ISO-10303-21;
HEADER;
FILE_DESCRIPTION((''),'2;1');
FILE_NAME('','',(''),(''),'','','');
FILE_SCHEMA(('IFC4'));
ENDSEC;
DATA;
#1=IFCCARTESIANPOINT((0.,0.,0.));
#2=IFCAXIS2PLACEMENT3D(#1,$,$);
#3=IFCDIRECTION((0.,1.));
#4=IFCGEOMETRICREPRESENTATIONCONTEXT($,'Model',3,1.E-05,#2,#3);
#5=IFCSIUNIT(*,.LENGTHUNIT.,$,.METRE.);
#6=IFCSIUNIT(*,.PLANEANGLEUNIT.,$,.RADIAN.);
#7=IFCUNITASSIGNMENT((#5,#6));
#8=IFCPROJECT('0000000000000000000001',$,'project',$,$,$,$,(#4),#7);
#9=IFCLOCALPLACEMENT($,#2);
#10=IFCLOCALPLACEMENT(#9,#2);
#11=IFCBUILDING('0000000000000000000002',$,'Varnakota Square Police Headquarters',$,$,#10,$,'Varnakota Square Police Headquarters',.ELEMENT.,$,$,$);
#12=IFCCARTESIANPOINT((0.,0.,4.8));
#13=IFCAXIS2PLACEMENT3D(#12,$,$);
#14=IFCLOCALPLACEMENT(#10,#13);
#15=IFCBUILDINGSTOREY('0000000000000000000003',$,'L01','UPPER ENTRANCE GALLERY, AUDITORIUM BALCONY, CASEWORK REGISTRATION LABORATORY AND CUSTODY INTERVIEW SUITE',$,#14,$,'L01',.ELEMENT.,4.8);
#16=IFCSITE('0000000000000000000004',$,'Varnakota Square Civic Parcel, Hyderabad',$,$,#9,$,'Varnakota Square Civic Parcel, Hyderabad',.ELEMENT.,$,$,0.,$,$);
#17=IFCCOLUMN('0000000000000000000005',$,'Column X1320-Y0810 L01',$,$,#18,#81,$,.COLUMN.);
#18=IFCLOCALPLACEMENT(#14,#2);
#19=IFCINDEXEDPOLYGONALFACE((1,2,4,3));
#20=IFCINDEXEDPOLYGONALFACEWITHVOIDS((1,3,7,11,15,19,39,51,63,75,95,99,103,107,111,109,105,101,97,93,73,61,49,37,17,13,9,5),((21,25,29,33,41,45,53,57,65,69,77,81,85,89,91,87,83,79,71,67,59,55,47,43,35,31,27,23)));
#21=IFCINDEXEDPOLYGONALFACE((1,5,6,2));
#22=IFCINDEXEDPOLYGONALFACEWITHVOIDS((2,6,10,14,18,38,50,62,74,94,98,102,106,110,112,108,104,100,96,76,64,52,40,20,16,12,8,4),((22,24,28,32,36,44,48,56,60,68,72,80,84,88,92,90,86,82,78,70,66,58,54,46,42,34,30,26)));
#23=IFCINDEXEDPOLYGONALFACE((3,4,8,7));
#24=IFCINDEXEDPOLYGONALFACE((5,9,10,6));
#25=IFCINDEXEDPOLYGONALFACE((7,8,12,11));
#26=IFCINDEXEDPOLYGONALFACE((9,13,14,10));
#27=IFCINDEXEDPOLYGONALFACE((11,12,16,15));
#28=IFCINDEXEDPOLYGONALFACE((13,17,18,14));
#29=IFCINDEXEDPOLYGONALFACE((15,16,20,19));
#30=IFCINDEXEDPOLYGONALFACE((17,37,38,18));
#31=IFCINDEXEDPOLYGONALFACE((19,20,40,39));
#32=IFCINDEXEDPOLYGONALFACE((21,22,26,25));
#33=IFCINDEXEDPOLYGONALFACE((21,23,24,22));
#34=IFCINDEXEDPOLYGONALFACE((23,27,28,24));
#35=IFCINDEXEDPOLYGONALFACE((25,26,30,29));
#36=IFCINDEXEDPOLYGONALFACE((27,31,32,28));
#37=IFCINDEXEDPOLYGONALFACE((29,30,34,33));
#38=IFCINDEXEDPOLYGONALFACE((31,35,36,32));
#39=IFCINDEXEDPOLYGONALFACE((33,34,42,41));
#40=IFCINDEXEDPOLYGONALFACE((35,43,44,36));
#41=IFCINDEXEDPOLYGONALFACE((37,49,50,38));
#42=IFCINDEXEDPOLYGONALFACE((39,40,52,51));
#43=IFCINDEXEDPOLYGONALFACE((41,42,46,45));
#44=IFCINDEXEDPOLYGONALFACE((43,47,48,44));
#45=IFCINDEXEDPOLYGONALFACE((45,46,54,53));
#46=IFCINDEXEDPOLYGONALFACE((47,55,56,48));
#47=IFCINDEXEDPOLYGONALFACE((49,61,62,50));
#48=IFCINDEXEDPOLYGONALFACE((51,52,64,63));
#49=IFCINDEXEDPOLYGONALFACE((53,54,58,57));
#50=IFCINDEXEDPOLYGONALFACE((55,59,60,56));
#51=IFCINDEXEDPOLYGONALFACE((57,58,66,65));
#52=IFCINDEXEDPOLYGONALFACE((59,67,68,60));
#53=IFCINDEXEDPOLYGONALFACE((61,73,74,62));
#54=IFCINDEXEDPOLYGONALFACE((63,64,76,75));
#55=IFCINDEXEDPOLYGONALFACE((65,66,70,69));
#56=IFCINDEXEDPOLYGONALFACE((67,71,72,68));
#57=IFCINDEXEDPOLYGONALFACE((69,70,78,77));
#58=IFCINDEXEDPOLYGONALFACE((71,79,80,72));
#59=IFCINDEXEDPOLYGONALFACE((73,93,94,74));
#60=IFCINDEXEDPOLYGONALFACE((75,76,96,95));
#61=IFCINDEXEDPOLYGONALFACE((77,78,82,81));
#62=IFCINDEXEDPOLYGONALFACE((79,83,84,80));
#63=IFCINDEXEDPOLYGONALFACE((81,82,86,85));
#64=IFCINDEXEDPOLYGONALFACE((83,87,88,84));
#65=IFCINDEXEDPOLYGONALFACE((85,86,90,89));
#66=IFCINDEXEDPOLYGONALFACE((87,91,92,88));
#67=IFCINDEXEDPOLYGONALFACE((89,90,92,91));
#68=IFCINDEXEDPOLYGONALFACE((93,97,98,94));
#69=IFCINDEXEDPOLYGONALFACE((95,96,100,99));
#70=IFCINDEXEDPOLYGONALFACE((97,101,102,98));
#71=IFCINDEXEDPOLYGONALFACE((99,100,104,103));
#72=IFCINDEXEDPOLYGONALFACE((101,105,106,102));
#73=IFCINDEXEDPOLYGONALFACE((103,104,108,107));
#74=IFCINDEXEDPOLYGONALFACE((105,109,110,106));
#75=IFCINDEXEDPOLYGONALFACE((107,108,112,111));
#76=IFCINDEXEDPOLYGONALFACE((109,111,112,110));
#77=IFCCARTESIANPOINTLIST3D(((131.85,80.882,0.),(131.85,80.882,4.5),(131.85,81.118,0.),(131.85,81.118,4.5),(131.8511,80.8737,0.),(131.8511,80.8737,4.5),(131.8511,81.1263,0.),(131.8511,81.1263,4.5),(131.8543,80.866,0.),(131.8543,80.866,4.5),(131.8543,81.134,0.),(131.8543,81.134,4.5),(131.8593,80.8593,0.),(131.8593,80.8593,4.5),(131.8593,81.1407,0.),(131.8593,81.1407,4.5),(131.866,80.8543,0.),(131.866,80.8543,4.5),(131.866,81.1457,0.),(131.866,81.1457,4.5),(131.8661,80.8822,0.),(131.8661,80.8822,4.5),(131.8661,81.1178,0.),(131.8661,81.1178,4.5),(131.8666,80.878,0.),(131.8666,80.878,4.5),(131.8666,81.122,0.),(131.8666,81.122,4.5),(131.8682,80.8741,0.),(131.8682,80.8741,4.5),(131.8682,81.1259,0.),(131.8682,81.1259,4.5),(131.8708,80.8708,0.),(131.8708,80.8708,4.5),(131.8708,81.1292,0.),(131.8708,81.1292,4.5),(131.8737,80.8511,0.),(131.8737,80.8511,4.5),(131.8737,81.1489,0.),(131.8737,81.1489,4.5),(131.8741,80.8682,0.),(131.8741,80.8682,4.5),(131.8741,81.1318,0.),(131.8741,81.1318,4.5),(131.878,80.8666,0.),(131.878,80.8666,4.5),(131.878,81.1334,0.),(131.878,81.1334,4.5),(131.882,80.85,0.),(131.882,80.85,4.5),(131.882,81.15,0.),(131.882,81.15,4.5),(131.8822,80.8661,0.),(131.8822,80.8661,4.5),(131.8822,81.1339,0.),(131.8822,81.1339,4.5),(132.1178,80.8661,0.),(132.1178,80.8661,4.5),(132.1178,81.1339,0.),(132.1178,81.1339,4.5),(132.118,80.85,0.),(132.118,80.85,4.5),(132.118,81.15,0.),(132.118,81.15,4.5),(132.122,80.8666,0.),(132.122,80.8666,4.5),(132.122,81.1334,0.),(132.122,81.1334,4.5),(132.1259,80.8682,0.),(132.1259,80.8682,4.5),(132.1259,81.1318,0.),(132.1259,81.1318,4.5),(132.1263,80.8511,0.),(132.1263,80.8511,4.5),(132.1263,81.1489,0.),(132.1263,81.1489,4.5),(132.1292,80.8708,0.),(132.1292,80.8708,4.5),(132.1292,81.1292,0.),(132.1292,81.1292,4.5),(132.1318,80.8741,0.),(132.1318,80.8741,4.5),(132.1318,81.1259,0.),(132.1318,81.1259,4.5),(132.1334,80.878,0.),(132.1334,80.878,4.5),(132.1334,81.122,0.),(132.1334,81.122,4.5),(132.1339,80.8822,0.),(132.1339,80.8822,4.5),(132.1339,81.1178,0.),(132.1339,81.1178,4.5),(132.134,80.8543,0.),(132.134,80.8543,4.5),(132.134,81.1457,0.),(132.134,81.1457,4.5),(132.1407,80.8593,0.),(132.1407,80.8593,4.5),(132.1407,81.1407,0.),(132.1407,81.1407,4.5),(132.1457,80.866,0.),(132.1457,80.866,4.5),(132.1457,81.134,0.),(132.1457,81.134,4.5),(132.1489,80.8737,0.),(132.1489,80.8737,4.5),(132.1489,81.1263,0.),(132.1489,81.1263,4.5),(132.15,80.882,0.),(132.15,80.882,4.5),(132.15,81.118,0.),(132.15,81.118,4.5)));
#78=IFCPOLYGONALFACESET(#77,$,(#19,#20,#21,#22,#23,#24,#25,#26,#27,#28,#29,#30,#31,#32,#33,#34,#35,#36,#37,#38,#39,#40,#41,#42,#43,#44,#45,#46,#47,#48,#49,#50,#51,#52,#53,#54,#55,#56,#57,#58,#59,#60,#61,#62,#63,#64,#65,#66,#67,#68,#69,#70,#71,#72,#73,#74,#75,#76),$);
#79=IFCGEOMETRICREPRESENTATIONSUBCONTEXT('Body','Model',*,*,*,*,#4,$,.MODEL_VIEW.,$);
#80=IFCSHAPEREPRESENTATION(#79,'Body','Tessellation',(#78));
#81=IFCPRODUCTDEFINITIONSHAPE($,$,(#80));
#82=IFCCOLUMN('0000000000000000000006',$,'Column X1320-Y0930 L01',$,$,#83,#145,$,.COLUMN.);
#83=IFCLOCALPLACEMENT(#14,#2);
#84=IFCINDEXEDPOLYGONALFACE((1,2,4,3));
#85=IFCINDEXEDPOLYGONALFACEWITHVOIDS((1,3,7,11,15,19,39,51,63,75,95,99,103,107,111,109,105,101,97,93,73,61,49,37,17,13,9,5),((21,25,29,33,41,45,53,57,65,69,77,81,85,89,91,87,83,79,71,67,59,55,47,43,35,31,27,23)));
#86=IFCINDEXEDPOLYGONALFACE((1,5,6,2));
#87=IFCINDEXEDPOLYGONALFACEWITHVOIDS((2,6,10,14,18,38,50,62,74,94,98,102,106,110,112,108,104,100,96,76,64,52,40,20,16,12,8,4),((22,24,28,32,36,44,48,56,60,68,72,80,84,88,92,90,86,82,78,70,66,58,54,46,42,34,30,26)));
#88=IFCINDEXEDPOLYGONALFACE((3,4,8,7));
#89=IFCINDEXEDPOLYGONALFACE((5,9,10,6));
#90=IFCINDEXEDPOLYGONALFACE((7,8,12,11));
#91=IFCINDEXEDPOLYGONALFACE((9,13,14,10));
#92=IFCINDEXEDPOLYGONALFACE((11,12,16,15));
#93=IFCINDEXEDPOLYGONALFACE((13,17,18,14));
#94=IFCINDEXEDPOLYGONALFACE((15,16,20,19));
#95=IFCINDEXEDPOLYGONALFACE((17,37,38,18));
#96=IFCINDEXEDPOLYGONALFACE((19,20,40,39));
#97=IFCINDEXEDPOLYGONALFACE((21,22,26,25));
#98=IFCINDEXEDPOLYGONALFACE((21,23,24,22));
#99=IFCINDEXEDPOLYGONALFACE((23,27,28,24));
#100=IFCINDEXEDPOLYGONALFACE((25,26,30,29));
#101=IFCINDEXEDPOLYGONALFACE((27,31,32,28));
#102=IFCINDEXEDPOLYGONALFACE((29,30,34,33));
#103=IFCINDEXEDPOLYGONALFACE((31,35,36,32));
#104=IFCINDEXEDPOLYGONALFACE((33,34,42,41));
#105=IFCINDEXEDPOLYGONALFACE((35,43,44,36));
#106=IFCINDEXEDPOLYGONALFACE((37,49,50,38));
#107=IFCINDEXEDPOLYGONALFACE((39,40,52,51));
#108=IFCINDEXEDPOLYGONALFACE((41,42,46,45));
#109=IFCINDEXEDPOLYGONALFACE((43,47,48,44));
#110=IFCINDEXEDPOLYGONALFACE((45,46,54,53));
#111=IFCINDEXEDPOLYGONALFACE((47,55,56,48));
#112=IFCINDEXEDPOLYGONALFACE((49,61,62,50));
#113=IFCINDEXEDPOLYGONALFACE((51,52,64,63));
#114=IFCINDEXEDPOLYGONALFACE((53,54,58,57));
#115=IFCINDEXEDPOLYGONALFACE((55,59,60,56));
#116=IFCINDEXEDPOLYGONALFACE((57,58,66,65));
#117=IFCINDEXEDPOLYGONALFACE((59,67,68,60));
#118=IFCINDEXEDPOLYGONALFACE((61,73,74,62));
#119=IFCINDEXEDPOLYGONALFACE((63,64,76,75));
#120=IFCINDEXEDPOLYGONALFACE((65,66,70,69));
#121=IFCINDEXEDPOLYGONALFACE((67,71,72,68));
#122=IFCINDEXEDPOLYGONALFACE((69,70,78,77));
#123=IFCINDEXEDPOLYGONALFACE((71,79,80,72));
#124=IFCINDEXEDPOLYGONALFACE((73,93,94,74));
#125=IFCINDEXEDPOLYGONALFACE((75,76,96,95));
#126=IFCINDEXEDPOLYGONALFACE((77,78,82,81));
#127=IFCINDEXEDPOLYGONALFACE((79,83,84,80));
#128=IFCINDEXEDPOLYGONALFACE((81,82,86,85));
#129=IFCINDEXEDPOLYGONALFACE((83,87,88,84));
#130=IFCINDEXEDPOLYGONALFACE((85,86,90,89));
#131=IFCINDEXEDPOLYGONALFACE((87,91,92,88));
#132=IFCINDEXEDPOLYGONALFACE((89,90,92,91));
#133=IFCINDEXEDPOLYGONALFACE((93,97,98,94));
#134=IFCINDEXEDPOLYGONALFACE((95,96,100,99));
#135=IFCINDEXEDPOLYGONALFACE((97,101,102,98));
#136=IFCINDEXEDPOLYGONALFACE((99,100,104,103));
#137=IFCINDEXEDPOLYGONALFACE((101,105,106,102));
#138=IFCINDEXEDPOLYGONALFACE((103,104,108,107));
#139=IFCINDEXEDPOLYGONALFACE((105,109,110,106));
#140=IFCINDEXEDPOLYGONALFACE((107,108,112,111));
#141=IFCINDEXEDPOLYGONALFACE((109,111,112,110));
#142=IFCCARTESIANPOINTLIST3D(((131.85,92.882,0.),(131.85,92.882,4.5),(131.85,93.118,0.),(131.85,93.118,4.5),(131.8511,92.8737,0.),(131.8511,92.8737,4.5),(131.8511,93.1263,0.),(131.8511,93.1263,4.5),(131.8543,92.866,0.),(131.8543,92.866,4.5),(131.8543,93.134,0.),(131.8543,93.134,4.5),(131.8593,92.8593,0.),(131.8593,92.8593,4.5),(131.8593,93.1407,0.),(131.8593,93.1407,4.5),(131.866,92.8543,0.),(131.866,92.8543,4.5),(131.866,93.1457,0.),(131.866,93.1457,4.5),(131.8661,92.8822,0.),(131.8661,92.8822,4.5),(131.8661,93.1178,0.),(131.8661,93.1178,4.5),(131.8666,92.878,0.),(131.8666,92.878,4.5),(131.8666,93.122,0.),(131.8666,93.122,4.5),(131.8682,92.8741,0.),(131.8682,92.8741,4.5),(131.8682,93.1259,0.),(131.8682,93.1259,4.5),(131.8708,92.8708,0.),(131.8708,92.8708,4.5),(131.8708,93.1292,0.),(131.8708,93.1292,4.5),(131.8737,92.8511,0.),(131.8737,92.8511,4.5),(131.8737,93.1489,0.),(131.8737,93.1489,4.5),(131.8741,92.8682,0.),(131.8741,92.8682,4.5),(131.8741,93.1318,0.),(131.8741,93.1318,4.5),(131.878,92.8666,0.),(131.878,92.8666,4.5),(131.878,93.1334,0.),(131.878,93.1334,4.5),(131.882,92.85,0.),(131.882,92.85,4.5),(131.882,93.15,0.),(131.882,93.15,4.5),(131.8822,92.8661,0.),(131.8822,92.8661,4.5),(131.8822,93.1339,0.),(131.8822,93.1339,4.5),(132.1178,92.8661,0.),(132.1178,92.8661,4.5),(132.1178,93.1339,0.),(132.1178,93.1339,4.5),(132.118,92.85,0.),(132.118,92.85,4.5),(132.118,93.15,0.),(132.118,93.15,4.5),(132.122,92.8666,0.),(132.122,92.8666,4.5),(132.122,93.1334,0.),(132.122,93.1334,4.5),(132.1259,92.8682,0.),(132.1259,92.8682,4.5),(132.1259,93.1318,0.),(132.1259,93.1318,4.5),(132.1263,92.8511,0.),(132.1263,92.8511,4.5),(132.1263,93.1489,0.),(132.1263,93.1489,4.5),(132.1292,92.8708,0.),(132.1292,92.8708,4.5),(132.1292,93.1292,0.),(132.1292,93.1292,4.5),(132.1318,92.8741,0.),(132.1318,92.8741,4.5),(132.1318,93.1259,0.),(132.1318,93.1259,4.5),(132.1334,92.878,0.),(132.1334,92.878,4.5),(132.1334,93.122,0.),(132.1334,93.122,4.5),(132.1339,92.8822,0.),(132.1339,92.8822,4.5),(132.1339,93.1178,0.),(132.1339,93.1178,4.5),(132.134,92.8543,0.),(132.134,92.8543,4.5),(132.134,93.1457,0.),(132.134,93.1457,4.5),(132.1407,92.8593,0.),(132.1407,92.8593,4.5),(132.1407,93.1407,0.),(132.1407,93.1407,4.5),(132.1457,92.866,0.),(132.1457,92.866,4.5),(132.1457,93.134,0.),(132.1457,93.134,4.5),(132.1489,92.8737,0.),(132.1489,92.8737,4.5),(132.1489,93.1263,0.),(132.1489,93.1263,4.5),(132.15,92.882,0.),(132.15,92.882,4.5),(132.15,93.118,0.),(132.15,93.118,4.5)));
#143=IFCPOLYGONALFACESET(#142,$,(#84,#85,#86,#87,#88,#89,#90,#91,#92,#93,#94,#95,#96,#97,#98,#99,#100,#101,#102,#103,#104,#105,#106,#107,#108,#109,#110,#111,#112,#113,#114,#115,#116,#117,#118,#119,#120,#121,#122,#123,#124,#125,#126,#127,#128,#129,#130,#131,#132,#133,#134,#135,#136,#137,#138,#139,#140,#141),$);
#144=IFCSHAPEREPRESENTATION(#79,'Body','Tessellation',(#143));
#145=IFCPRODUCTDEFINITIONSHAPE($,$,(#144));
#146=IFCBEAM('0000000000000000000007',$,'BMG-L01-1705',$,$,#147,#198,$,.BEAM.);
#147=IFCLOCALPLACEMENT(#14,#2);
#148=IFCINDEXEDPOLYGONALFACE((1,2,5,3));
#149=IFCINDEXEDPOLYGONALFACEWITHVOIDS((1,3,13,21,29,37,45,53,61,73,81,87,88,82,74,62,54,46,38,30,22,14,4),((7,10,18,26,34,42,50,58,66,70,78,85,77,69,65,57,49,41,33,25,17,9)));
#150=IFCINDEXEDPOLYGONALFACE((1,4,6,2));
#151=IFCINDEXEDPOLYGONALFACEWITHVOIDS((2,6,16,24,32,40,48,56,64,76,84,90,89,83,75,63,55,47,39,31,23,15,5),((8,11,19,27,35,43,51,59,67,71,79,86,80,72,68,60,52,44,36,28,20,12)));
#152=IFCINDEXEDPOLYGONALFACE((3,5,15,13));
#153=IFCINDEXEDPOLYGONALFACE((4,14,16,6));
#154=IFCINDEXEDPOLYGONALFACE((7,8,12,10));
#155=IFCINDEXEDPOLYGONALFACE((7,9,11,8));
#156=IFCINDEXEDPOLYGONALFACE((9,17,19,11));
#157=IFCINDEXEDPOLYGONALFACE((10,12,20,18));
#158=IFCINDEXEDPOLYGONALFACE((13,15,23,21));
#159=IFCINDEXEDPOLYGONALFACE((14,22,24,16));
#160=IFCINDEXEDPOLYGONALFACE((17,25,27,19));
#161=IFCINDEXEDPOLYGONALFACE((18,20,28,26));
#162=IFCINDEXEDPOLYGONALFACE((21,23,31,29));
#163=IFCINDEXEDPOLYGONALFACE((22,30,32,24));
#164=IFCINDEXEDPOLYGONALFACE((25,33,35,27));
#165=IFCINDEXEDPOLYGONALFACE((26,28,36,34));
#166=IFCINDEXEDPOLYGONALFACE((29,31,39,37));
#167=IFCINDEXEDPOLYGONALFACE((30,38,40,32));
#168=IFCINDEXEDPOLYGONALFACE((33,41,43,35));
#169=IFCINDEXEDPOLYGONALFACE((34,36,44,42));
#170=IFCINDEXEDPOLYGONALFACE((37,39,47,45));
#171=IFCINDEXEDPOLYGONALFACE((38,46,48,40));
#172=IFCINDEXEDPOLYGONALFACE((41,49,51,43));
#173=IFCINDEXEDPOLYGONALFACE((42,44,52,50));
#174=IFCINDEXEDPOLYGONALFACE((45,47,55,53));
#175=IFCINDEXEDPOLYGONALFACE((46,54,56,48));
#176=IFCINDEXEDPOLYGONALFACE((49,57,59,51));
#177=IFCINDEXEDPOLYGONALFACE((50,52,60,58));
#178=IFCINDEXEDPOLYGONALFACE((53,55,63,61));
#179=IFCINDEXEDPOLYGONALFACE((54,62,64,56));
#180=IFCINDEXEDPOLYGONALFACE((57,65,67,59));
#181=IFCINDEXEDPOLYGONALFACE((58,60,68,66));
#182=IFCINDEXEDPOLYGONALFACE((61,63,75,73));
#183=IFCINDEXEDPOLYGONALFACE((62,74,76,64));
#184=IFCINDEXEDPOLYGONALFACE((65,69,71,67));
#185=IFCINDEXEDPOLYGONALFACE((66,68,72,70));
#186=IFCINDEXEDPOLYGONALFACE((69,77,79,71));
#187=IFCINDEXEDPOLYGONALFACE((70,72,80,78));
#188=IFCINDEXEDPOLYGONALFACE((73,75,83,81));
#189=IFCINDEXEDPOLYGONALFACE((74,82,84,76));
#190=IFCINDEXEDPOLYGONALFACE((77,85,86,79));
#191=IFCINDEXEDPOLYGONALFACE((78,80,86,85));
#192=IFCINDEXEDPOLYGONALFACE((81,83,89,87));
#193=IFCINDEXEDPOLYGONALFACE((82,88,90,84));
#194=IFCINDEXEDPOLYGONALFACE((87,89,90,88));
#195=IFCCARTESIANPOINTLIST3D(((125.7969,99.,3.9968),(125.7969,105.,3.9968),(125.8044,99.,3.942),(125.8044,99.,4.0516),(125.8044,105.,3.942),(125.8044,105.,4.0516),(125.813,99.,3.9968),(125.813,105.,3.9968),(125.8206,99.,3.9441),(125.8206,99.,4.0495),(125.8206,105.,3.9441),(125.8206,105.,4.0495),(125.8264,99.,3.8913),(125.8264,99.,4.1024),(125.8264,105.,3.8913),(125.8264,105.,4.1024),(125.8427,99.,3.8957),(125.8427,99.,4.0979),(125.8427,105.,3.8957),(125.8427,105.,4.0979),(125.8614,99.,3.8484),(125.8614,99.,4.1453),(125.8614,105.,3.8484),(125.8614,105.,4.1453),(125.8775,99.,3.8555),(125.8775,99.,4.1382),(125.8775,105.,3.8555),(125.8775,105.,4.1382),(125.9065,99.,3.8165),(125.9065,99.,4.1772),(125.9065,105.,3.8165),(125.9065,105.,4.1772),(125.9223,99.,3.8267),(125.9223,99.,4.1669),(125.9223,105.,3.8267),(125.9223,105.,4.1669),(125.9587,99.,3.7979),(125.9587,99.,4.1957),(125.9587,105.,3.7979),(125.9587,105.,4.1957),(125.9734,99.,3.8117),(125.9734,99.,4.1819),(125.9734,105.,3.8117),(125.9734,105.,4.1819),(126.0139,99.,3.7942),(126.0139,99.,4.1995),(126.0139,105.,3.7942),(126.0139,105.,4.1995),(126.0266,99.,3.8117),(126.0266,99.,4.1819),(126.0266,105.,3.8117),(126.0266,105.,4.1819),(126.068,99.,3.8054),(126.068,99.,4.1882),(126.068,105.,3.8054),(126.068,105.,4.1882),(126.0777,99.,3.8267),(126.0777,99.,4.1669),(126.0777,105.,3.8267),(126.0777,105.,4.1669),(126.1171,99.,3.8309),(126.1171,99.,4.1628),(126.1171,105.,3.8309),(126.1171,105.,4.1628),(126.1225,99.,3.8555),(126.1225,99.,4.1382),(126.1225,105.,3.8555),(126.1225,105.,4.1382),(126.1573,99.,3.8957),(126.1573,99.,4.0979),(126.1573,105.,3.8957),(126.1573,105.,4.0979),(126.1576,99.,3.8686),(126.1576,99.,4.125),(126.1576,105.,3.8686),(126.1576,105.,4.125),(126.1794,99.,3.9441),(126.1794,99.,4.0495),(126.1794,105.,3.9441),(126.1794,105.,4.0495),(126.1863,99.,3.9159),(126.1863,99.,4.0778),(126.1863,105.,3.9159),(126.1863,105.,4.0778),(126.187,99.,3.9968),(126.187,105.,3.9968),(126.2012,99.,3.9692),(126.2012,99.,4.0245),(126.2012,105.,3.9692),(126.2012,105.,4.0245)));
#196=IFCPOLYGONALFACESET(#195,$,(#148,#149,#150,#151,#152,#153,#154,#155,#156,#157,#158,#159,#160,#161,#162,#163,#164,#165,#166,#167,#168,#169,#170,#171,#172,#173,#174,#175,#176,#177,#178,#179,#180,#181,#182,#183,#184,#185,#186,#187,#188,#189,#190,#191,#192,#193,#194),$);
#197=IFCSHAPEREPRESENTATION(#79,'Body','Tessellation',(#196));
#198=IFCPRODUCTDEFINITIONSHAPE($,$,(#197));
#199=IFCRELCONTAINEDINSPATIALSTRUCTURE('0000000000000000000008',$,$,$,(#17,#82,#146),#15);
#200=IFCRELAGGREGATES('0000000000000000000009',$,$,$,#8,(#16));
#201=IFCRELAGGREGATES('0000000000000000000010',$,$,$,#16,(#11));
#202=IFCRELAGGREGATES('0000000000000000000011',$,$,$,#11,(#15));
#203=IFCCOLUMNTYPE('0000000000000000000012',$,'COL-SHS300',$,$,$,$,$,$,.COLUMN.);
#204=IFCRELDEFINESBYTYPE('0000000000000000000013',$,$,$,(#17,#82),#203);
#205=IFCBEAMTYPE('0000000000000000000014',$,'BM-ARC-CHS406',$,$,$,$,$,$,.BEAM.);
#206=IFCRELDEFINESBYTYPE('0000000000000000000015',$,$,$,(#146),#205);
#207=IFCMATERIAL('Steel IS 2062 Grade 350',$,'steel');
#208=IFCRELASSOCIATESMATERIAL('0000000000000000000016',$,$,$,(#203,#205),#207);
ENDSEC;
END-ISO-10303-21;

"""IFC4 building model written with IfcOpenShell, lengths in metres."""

from ifc_helpers import new_model, si_unit, direction, frame, origin, origin_2d, place, context, subcontext, project, spatial, hollow_rectangle, hollow_circle, extrude, material, material_profile, profile_set, type_object, element, save


model = new_model("IFC4")

# Units and contexts
model_context = context("Model", 3, precision=1e-05, world=origin(), true_north=direction((0.0, 1.0)))
body_context = subcontext(model_context, "Body", "Model", "MODEL_VIEW")
ifc_project = project(units=[si_unit("LENGTHUNIT", "METRE"), si_unit("PLANEANGLEUNIT", "RADIAN")], contexts=[model_context])

# Site, building, storey
site_placement = place(None, origin())
site = spatial("IfcSite", under=ifc_project, at=site_placement, Name="Varnakota Square Civic Parcel, Hyderabad", LongName="Varnakota Square Civic Parcel, Hyderabad", CompositionType="ELEMENT", RefElevation=0.0)
building_placement = place(site_placement, origin())
building = spatial("IfcBuilding", under=site, at=building_placement, Name="Varnakota Square Police Headquarters", LongName="Varnakota Square Police Headquarters", CompositionType="ELEMENT")
storey_placement = place(building_placement, frame((0.0, 0.0, 4.8)))
storey = spatial("IfcBuildingStorey", under=building, at=storey_placement, Name="L01", Description="UPPER ENTRANCE GALLERY, AUDITORIUM BALCONY, CASEWORK REGISTRATION LABORATORY AND CUSTODY INTERVIEW SUITE", LongName="L01", CompositionType="ELEMENT", Elevation=4.8)

# Columns
ifc_material_1 = material(Name="Steel IS 2062 Grade 350", Category="steel")
ifc_material_profile_1 = material_profile(ifc_material_1, hollow_rectangle(XDim=0.3, YDim=0.3, WallThickness=0.0161, InnerFilletRadius=0.0161, OuterFilletRadius=0.032, at=origin_2d()), Name="SHS 300x300x16")
ifc_profile_set_1 = profile_set([ifc_material_profile_1], Name="Steel IS 2062 Grade 350")
column_type_1 = type_object("IfcColumnType", Name="COL-SHS300", PredefinedType="COLUMN", material=ifc_profile_set_1)
for number, where, z_axis, x_axis, name in (
    (1, (132.0, 81.0, 0.0), (0.0, 0.0, 1.0), (1.0, 0.0, 0.0), "Column X1320-Y0810 L01"),
    (2, (132.0, 93.0, 0.0), (0.0, 0.0, 1.0), (1.0, 0.0, 0.0), "Column X1320-Y0930 L01"),
):
    element("IfcColumn", number, at=place(storey_placement, frame(where, z_axis=z_axis, x_axis=x_axis)), inside=storey, type_object=column_type_1, Name=name, PredefinedType="COLUMN", context=body_context, shape_type="SweptSolid", body=[
        extrude(hollow_rectangle(XDim=0.3, YDim=0.3, WallThickness=0.0161, InnerFilletRadius=0.0161, OuterFilletRadius=0.032, at=origin_2d()), origin(), (0.0, 0.0, 1.0), 4.5),
    ])

# Beam
ifc_material_profile_2 = material_profile(ifc_material_1, hollow_circle(Radius=0.2031, WallThickness=0.0161, at=origin_2d()), Name="CHS 406.4x16.0")
ifc_profile_set_2 = profile_set([ifc_material_profile_2], Name="Steel IS 2062 Grade 350")
beam_type_1 = type_object("IfcBeamType", Name="BM-ARC-CHS406", PredefinedType="BEAM", material=ifc_profile_set_2)
beam_1_placement = place(storey_placement, frame((126.0, 99.0, 3.9968), z_axis=(0.0, 1.0, 0.0), x_axis=(-1.0, 0.0, 0.0)))
element("IfcBeam", 3, at=beam_1_placement, inside=storey, type_object=beam_type_1, Name="BMG-L01-1705", PredefinedType="BEAM", context=body_context, shape_type="SweptSolid", body=[
    extrude(hollow_circle(Radius=0.2031, WallThickness=0.0161, at=origin_2d()), origin(), (0.0, 0.0, 1.0), 6.0),
])

save(model, "model.ifc")
